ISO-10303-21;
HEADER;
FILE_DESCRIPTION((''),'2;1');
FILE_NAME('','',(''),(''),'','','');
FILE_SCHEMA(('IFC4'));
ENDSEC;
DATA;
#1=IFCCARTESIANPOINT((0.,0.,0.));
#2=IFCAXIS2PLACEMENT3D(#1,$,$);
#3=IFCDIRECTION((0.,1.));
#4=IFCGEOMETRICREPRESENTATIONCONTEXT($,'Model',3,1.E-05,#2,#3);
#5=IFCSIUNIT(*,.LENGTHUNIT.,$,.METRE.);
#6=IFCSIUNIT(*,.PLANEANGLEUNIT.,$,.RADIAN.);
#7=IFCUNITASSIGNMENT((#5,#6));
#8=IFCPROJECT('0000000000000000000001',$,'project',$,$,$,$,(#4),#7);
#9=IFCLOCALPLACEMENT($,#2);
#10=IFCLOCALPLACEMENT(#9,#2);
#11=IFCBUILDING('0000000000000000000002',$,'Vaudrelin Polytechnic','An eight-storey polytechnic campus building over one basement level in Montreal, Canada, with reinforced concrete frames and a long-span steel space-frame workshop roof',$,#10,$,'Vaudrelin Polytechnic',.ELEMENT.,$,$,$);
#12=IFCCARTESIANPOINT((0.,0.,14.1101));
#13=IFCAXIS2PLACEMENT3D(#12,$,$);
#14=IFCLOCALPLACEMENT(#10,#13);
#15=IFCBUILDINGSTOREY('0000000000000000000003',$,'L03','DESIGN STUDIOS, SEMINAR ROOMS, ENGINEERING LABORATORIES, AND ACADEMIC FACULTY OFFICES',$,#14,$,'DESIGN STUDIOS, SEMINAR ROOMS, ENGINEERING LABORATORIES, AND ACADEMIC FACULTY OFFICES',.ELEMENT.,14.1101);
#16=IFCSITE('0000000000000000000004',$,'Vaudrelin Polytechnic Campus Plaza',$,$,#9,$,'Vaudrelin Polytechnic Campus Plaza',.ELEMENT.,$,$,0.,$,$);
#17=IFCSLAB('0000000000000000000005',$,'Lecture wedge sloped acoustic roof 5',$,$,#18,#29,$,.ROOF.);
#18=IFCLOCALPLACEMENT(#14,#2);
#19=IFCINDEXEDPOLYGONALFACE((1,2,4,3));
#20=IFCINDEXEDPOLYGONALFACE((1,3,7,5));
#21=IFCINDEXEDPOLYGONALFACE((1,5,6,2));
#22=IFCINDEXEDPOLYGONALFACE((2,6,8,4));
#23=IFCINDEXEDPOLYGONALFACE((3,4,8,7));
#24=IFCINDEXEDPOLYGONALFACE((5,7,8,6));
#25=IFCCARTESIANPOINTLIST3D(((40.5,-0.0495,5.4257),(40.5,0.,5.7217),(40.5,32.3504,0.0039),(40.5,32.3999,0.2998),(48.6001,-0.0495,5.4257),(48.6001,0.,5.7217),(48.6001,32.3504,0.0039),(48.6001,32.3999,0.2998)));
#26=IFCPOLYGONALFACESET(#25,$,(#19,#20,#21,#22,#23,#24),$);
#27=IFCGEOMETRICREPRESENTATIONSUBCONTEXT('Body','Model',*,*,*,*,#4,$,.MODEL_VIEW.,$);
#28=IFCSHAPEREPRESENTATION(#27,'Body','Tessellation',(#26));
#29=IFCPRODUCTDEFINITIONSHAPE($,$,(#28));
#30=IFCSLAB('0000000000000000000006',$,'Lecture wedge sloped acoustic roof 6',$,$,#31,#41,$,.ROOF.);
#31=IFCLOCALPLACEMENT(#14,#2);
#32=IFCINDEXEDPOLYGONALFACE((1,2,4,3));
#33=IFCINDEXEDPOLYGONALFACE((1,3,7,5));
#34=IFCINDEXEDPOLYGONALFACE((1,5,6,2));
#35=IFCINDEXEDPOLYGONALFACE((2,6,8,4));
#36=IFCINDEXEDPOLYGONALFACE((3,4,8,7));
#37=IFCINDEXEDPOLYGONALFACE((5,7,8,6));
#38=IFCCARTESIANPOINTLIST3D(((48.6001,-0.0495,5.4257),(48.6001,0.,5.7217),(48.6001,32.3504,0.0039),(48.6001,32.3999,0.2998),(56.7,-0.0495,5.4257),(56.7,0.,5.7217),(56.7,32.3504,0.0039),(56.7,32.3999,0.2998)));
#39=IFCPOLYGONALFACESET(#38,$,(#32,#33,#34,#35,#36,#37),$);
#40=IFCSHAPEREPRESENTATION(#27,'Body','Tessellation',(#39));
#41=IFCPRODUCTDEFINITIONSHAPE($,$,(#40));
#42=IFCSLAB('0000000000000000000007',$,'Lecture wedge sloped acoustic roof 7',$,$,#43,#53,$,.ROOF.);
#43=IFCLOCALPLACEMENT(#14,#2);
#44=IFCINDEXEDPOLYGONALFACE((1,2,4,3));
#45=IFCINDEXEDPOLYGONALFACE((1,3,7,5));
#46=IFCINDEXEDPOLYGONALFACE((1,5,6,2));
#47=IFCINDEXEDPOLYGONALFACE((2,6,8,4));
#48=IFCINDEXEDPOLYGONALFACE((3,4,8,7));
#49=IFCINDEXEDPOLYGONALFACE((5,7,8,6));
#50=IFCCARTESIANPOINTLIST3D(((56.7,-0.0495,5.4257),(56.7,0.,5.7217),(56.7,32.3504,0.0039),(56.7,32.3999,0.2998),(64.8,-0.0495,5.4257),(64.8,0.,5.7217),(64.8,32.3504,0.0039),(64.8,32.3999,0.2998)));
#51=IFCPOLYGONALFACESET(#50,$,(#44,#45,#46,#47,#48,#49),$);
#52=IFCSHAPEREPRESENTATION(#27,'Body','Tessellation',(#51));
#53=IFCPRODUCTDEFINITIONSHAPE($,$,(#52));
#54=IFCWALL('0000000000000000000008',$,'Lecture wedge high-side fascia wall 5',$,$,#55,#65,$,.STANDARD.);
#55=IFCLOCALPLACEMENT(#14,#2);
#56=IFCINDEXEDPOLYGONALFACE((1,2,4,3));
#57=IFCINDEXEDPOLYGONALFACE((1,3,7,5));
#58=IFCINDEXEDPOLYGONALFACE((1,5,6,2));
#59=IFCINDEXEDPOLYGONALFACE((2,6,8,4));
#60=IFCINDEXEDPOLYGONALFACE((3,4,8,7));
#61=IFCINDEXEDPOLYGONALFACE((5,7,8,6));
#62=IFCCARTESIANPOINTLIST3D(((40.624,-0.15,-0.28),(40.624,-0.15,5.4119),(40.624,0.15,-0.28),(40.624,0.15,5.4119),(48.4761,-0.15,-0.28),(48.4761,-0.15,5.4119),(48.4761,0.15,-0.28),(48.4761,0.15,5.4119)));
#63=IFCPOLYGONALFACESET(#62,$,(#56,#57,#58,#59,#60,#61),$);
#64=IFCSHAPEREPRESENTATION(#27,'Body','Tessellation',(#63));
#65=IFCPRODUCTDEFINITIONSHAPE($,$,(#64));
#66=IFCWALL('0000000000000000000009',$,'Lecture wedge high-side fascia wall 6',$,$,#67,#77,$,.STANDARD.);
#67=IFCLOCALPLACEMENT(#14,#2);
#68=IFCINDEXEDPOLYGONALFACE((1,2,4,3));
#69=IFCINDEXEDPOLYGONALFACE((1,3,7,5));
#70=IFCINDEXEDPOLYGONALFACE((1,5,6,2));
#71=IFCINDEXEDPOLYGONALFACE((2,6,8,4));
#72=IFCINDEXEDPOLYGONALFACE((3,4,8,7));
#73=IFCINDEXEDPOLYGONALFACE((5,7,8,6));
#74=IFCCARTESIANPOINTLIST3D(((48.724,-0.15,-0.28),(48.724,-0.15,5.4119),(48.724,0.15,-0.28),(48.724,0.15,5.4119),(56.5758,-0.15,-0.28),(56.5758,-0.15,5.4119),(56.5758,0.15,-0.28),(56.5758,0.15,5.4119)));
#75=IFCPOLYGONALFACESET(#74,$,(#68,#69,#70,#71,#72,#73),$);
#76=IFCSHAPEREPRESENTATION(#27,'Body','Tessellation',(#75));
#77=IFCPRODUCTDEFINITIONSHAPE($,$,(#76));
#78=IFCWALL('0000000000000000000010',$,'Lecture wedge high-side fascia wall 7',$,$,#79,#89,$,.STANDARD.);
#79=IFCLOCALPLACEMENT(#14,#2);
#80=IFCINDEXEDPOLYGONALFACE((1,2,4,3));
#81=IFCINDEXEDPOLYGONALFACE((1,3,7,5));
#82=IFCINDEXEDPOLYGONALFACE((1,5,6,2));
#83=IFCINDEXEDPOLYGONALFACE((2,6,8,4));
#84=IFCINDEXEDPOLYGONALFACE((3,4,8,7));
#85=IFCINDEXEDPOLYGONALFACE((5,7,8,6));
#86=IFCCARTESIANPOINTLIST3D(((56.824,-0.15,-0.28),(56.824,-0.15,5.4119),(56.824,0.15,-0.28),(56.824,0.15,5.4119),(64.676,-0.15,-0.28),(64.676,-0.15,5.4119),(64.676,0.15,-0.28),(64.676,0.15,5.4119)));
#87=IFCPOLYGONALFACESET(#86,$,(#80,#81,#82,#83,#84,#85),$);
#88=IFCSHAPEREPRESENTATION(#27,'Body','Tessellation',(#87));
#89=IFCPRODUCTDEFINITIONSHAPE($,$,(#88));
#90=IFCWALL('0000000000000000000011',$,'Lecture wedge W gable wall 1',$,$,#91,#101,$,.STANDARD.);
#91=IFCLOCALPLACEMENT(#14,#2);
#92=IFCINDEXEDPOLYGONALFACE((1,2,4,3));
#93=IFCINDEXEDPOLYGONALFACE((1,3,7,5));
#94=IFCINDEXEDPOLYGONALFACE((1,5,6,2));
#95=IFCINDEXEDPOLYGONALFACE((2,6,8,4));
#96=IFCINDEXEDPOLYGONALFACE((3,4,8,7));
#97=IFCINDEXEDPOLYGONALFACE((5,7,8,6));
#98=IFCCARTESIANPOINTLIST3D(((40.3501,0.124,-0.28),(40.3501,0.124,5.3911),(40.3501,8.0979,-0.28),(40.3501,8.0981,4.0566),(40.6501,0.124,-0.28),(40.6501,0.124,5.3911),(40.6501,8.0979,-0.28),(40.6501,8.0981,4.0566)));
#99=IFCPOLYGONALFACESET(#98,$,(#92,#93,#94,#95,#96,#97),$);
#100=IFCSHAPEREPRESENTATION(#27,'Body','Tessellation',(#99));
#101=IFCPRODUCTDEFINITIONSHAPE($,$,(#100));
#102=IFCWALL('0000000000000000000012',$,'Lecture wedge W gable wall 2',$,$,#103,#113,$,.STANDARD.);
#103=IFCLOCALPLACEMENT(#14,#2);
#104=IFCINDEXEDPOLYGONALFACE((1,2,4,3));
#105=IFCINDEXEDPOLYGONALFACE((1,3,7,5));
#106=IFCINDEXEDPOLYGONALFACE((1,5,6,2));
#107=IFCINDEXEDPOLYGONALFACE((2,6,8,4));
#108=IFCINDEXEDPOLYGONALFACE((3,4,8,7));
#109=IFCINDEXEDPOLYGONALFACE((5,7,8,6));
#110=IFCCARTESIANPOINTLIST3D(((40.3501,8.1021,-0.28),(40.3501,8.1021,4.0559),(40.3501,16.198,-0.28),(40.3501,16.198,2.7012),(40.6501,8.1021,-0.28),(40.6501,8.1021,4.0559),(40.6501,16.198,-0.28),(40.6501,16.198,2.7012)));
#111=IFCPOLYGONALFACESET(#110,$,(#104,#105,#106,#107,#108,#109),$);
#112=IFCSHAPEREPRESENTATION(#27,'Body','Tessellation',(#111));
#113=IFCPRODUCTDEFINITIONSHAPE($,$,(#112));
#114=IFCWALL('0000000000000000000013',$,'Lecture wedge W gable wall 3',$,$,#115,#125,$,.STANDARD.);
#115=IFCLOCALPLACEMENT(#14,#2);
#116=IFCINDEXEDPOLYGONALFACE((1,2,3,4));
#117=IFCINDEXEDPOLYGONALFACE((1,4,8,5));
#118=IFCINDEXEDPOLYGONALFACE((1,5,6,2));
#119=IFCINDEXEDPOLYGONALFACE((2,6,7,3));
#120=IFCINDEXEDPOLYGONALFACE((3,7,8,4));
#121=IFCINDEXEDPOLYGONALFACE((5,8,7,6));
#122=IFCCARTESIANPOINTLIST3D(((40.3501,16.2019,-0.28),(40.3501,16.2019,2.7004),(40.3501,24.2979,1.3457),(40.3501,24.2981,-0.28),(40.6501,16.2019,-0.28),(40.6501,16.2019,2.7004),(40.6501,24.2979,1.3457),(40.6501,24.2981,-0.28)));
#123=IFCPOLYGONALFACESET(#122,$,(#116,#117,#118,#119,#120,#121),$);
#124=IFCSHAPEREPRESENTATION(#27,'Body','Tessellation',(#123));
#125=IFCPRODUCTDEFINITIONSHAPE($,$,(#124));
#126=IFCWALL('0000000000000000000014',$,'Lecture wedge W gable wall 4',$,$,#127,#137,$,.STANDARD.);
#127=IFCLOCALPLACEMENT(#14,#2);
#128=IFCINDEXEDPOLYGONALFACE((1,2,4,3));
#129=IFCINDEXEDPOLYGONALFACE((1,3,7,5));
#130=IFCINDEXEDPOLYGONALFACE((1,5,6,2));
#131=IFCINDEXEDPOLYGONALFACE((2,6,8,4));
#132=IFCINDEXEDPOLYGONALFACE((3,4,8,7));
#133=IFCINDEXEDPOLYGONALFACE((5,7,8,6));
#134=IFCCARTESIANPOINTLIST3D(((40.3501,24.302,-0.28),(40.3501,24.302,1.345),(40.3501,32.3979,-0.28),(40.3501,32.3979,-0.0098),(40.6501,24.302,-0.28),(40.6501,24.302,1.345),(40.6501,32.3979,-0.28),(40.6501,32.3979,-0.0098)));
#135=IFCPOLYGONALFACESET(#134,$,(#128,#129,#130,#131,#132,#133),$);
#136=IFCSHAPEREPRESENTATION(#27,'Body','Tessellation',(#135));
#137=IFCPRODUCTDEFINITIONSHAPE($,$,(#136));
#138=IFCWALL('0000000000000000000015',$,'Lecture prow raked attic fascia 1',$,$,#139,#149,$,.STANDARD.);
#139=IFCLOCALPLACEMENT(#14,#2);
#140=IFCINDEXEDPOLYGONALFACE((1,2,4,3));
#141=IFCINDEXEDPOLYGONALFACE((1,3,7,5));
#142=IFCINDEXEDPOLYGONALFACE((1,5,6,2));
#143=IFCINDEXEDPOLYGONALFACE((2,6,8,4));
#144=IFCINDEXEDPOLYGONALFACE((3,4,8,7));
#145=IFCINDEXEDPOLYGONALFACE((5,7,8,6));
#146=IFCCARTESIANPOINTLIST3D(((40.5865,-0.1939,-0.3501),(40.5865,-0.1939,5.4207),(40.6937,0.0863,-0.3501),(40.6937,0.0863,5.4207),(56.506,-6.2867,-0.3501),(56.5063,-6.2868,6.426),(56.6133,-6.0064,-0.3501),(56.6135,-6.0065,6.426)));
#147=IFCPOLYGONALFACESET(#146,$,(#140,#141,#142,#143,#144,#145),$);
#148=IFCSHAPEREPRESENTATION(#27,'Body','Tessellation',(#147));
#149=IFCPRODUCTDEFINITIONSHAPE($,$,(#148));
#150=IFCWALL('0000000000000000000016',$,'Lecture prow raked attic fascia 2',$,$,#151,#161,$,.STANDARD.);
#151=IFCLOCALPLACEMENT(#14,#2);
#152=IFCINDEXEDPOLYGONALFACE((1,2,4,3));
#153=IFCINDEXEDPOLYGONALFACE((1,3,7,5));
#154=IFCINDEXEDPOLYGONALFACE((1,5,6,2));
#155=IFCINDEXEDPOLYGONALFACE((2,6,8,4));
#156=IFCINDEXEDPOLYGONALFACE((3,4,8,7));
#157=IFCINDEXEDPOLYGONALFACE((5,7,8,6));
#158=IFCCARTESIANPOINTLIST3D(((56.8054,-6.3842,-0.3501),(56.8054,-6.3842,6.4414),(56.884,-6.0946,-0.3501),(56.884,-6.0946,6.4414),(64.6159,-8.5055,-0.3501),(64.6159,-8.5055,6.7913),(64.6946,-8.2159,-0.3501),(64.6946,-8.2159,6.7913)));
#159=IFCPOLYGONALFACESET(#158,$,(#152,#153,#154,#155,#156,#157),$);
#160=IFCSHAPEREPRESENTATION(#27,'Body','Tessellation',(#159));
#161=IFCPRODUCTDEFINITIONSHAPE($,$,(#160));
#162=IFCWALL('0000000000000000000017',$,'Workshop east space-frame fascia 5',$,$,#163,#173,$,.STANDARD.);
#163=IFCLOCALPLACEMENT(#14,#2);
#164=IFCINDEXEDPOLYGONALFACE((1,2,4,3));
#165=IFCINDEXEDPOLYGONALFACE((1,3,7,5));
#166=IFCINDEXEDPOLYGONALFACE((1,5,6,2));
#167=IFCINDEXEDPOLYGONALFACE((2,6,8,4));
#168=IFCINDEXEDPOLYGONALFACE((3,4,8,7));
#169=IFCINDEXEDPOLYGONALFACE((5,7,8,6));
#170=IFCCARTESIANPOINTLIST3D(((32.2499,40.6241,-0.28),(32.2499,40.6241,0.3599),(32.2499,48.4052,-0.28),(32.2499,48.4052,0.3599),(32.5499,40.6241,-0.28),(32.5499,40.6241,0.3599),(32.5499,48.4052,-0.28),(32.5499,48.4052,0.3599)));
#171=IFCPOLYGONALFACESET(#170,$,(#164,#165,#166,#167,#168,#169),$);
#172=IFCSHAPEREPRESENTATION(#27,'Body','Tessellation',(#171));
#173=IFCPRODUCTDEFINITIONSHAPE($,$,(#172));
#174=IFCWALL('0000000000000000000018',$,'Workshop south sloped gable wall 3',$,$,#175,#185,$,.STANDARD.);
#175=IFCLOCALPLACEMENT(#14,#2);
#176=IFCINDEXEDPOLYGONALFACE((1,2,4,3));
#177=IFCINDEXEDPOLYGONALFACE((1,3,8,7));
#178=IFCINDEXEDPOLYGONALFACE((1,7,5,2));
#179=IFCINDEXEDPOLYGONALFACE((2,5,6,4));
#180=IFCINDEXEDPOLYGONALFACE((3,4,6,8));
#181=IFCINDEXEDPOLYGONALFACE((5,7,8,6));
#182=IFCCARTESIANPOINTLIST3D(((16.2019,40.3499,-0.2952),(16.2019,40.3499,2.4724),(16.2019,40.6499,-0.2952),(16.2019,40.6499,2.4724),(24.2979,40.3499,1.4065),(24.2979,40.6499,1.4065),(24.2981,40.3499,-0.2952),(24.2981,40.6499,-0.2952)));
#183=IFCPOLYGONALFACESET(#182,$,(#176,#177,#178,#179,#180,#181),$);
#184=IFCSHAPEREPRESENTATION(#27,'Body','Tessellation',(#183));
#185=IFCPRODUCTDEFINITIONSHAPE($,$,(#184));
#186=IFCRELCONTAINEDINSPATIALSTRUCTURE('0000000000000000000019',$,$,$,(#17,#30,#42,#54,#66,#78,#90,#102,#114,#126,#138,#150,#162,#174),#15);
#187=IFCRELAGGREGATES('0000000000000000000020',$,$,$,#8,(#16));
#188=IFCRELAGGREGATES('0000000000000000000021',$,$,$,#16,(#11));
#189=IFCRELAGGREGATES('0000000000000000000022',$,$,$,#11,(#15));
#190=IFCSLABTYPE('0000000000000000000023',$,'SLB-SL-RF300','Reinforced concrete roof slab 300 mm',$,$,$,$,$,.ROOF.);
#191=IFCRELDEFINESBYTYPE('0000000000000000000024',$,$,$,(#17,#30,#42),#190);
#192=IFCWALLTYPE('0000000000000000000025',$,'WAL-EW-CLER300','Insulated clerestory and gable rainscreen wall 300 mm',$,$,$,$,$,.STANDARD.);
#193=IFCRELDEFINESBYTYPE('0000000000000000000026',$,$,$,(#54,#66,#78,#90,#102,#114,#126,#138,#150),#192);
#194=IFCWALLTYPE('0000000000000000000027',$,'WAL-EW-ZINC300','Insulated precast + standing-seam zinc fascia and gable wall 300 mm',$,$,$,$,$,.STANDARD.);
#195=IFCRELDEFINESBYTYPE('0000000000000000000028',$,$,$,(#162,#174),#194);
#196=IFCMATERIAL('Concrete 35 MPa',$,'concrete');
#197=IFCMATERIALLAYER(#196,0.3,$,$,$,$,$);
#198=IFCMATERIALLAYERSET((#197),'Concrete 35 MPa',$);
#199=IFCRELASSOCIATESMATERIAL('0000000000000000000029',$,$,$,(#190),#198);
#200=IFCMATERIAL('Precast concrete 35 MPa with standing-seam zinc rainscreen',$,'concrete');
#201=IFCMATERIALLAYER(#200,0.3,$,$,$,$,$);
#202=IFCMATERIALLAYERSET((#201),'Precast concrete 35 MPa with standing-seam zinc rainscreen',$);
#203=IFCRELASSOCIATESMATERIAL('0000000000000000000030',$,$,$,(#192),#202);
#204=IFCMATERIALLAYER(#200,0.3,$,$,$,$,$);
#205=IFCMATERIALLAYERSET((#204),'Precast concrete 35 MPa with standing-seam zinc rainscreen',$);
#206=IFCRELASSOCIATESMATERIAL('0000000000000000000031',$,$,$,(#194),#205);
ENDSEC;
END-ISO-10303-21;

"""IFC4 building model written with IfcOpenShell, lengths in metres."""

from ifc_helpers import new_model, si_unit, direction, frame, frame_2d, origin, place, context, subcontext, project, spatial, polyline, rectangle, outline, extrude, material, layer, layer_set, type_object, element, save


model = new_model("IFC4")

# Units and contexts
model_context = context("Model", 3, precision=1e-05, world=origin(), true_north=direction((0.0, 1.0)))
body_context = subcontext(model_context, "Body", "Model", "MODEL_VIEW")
ifc_project = project(units=[si_unit("LENGTHUNIT", "METRE"), si_unit("PLANEANGLEUNIT", "RADIAN")], contexts=[model_context])

# Site, building, storey
site_placement = place(None, origin())
site = spatial("IfcSite", under=ifc_project, at=site_placement, Name="Vaudrelin Polytechnic Campus Plaza", LongName="Vaudrelin Polytechnic Campus Plaza", CompositionType="ELEMENT", RefElevation=0.0)
building_placement = place(site_placement, origin())
building = spatial("IfcBuilding", under=site, at=building_placement, Name="Vaudrelin Polytechnic", Description="An eight-storey polytechnic campus building over one basement level in Montreal, Canada, with reinforced concrete frames and a long-span steel space-frame workshop roof", LongName="Vaudrelin Polytechnic", CompositionType="ELEMENT")
storey_placement = place(building_placement, frame((0.0, 0.0, 14.1101)))
storey = spatial("IfcBuildingStorey", under=building, at=storey_placement, Name="L03", Description="DESIGN STUDIOS, SEMINAR ROOMS, ENGINEERING LABORATORIES, AND ACADEMIC FACULTY OFFICES", LongName="DESIGN STUDIOS, SEMINAR ROOMS, ENGINEERING LABORATORIES, AND ACADEMIC FACULTY OFFICES", CompositionType="ELEMENT", Elevation=14.1101)

# Slabs
ifc_material_1 = material(Name="Concrete 35 MPa", Category="concrete")
ifc_layer_1 = layer(ifc_material_1, 0.3)
ifc_layer_set_1 = layer_set([ifc_layer_1], Name="Concrete 35 MPa")
slab_type_1 = type_object("IfcSlabType", Name="SLB-SL-RF300", Description="Reinforced concrete roof slab 300 mm", PredefinedType="ROOF", material=ifc_layer_set_1)
slab_1_placement = place(storey_placement, frame((40.5, 0.0, 5.7217), z_axis=(0.0, 0.165047, 0.986286), x_axis=(1.0, 0.0, 0.0)))
element("IfcSlab", 1, at=slab_1_placement, inside=storey, type_object=slab_type_1, Name="Lecture wedge sloped acoustic roof 5", PredefinedType="ROOF", context=body_context, shape_type="SweptSolid", body=[
    extrude(outline(polyline([(0.0, 0.0), (8.1001, 0.0), (8.1001, 32.8504), (0.0, 32.8504), (0.0, 0.0)])), origin(), (0.0, 0.0, -1.0), 0.3),
])
slab_2_placement = place(storey_placement, frame((48.6001, 0.0, 5.7217), z_axis=(0.0, 0.165047, 0.986286), x_axis=(1.0, 0.0, 0.0)))
element("IfcSlab", 2, at=slab_2_placement, inside=storey, type_object=slab_type_1, Name="Lecture wedge sloped acoustic roof 6", PredefinedType="ROOF", context=body_context, shape_type="SweptSolid", body=[
    extrude(outline(polyline([(0.0, 0.0), (8.0999, 0.0), (8.0999, 32.8504), (0.0, 32.8504), (0.0, 0.0)])), origin(), (0.0, 0.0, -1.0), 0.3),
])
slab_3_placement = place(storey_placement, frame((56.7, 0.0, 5.7217), z_axis=(0.0, 0.165047, 0.986286), x_axis=(1.0, 0.0, 0.0)))
element("IfcSlab", 3, at=slab_3_placement, inside=storey, type_object=slab_type_1, Name="Lecture wedge sloped acoustic roof 7", PredefinedType="ROOF", context=body_context, shape_type="SweptSolid", body=[
    extrude(outline(polyline([(0.0, 0.0), (8.1001, 0.0), (8.1001, 32.8504), (0.0, 32.8504), (0.0, 0.0)])), origin(), (0.0, 0.0, -1.0), 0.3),
])

# Walls
ifc_material_2 = material(Name="Precast concrete 35 MPa with standing-seam zinc rainscreen", Category="concrete")
ifc_layer_2 = layer(ifc_material_2, 0.3)
ifc_layer_set_2 = layer_set([ifc_layer_2], Name="Precast concrete 35 MPa with standing-seam zinc rainscreen")
wall_type_1 = type_object("IfcWallType", Name="WAL-EW-CLER300", Description="Insulated clerestory and gable rainscreen wall 300 mm", PredefinedType="STANDARD", material=ifc_layer_set_2)
wall_1_placement = place(storey_placement, frame((40.624, 0.0, -0.28), z_axis=(0.0, 0.0, 1.0), x_axis=(1.0, 0.0, 0.0)))
element("IfcWall", 4, at=wall_1_placement, inside=storey, type_object=wall_type_1, Name="Lecture wedge high-side fascia wall 5", PredefinedType="STANDARD", context=body_context, shape_type="SweptSolid", body=[
    extrude(rectangle(XDim=7.8521, YDim=0.3, at=frame_2d((3.926, 0.0))), origin(), (0.0, 0.0, 1.0), 5.6919),
])
wall_2_placement = place(storey_placement, frame((48.7241, 0.0, -0.28), z_axis=(0.0, 0.0, 1.0), x_axis=(1.0, 0.0, 0.0)))
element("IfcWall", 5, at=wall_2_placement, inside=storey, type_object=wall_type_1, Name="Lecture wedge high-side fascia wall 6", PredefinedType="STANDARD", context=body_context, shape_type="SweptSolid", body=[
    extrude(rectangle(XDim=7.8518, YDim=0.3, at=frame_2d((3.9258, 0.0))), origin(), (0.0, 0.0, 1.0), 5.6919),
])
wall_3_placement = place(storey_placement, frame((56.824, 0.0, -0.28), z_axis=(0.0, 0.0, 1.0), x_axis=(1.0, 0.0, 0.0)))
element("IfcWall", 6, at=wall_3_placement, inside=storey, type_object=wall_type_1, Name="Lecture wedge high-side fascia wall 7", PredefinedType="STANDARD", context=body_context, shape_type="SweptSolid", body=[
    extrude(rectangle(XDim=7.8521, YDim=0.3, at=frame_2d((3.926, 0.0))), origin(), (0.0, 0.0, 1.0), 5.6919),
])
wall_4_placement = place(storey_placement, frame((40.5, 0.124, -0.28), z_axis=(0.0, 0.0, 1.0), x_axis=(0.0, 1.0, 0.0)))
element("IfcWall", 7, at=wall_4_placement, inside=storey, type_object=wall_type_1, Name="Lecture wedge W gable wall 1", PredefinedType="STANDARD", context=body_context, shape_type="SweptSolid", body=[
    extrude(outline(polyline([(0.0, 0.0), (7.9739, 0.0), (7.9741, 4.3367), (0.0, 5.6711), (0.0, 0.0)])), frame((0.0, 0.1499, 0.0), z_axis=(0.0, -1.0, 0.0), x_axis=(1.0, 0.0, 0.0)), (0.0, 0.0, 1.0), 0.3),
])
wall_5_placement = place(storey_placement, frame((40.5, 8.1021, -0.28), z_axis=(0.0, 0.0, 1.0), x_axis=(0.0, 1.0, 0.0)))
element("IfcWall", 8, at=wall_5_placement, inside=storey, type_object=wall_type_1, Name="Lecture wedge W gable wall 2", PredefinedType="STANDARD", context=body_context, shape_type="SweptSolid", body=[
    extrude(outline(polyline([(0.0, 0.0), (8.0959, 0.0), (8.0959, 2.9812), (0.0, 4.3359), (0.0, 0.0)])), frame((0.0, 0.1499, 0.0), z_axis=(0.0, -1.0, 0.0), x_axis=(1.0, 0.0, 0.0)), (0.0, 0.0, 1.0), 0.3),
])
wall_6_placement = place(storey_placement, frame((40.5, 16.2019, -0.28), z_axis=(0.0, 0.0, 1.0), x_axis=(0.0, 1.0, 0.0)))
element("IfcWall", 9, at=wall_6_placement, inside=storey, type_object=wall_type_1, Name="Lecture wedge W gable wall 3", PredefinedType="STANDARD", context=body_context, shape_type="SweptSolid", body=[
    extrude(outline(polyline([(0.0, 0.0), (8.0962, 0.0), (8.0959, 1.6257), (0.0, 2.9805), (0.0, 0.0)])), frame((0.0, 0.1499, 0.0), z_axis=(0.0, -1.0, 0.0), x_axis=(1.0, 0.0, 0.0)), (0.0, 0.0, 1.0), 0.3),
])
wall_7_placement = place(storey_placement, frame((40.5, 24.302, -0.28), z_axis=(0.0, 0.0, 1.0), x_axis=(0.0, 1.0, 0.0)))
element("IfcWall", 10, at=wall_7_placement, inside=storey, type_object=wall_type_1, Name="Lecture wedge W gable wall 4", PredefinedType="STANDARD", context=body_context, shape_type="SweptSolid", body=[
    extrude(outline(polyline([(0.0, 0.0), (8.0959, 0.0), (8.0959, 0.2703), (0.0, 1.625), (0.0, 0.0)])), frame((0.0, 0.1499, 0.0), z_axis=(0.0, -1.0, 0.0), x_axis=(1.0, 0.0, 0.0)), (0.0, 0.0, 1.0), 0.3),
])
wall_8_placement = place(storey_placement, frame((40.6401, -0.0537, -0.3501), z_axis=(0.0, 0.0, 1.0), x_axis=(0.933938, -0.357436, 0.0)))
element("IfcWall", 11, at=wall_8_placement, inside=storey, type_object=wall_type_1, Name="Lecture prow raked attic fascia 1", PredefinedType="STANDARD", context=body_context, shape_type="SweptSolid", body=[
    extrude(outline(polyline([(0.0, 0.0), (17.0457, 0.0), (17.0459, 6.7761), (0.0, 5.7708), (0.0, 0.0)])), frame((0.0, 0.1499, 0.0), z_axis=(0.0, -1.0, 0.0), x_axis=(1.0, 0.0, 0.0)), (0.0, 0.0, 1.0), 0.3),
])
wall_9_placement = place(storey_placement, frame((56.8447, -6.2393, -0.3501), z_axis=(0.0, 0.0, 1.0), x_axis=(0.96504, -0.262104, 0.0)))
element("IfcWall", 12, at=wall_9_placement, inside=storey, type_object=wall_type_1, Name="Lecture prow raked attic fascia 2", PredefinedType="STANDARD", context=body_context, shape_type="SweptSolid", body=[
    extrude(outline(polyline([(0.0, 0.0), (8.0935, 0.0), (8.0935, 7.1414), (0.0, 6.7915), (0.0, 0.0)])), frame((0.0, 0.1499, 0.0), z_axis=(0.0, -1.0, 0.0), x_axis=(1.0, 0.0, 0.0)), (0.0, 0.0, 1.0), 0.3),
])
ifc_layer_3 = layer(ifc_material_2, 0.3)
ifc_layer_set_3 = layer_set([ifc_layer_3], Name="Precast concrete 35 MPa with standing-seam zinc rainscreen")
wall_type_2 = type_object("IfcWallType", Name="WAL-EW-ZINC300", Description="Insulated precast + standing-seam zinc fascia and gable wall 300 mm", PredefinedType="STANDARD", material=ifc_layer_set_3)
wall_10_placement = place(storey_placement, frame((32.3999, 40.624, -0.28), z_axis=(0.0, 0.0, 1.0), x_axis=(0.0, 1.0, 0.0)))
element("IfcWall", 13, at=wall_10_placement, inside=storey, type_object=wall_type_2, Name="Workshop east space-frame fascia 5", PredefinedType="STANDARD", context=body_context, shape_type="SweptSolid", body=[
    extrude(rectangle(XDim=7.781, YDim=0.3, at=frame_2d((3.8906, 0.0))), origin(), (0.0, 0.0, 1.0), 0.6399),
])
wall_11_placement = place(storey_placement, frame((16.2019, 40.5, -0.2952), z_axis=(0.0, 0.0, 1.0), x_axis=(1.0, 0.0, 0.0)))
element("IfcWall", 14, at=wall_11_placement, inside=storey, type_object=wall_type_2, Name="Workshop south sloped gable wall 3", PredefinedType="STANDARD", context=body_context, shape_type="SweptSolid", body=[
    extrude(outline(polyline([(0.0, 0.0), (8.0962, 0.0), (8.0959, 1.7017), (0.0, 2.7676), (0.0, 0.0)])), frame((0.0, 0.1499, 0.0), z_axis=(0.0, -1.0, 0.0), x_axis=(1.0, 0.0, 0.0)), (0.0, 0.0, 1.0), 0.3),
])

save(model, "model.ifc")
